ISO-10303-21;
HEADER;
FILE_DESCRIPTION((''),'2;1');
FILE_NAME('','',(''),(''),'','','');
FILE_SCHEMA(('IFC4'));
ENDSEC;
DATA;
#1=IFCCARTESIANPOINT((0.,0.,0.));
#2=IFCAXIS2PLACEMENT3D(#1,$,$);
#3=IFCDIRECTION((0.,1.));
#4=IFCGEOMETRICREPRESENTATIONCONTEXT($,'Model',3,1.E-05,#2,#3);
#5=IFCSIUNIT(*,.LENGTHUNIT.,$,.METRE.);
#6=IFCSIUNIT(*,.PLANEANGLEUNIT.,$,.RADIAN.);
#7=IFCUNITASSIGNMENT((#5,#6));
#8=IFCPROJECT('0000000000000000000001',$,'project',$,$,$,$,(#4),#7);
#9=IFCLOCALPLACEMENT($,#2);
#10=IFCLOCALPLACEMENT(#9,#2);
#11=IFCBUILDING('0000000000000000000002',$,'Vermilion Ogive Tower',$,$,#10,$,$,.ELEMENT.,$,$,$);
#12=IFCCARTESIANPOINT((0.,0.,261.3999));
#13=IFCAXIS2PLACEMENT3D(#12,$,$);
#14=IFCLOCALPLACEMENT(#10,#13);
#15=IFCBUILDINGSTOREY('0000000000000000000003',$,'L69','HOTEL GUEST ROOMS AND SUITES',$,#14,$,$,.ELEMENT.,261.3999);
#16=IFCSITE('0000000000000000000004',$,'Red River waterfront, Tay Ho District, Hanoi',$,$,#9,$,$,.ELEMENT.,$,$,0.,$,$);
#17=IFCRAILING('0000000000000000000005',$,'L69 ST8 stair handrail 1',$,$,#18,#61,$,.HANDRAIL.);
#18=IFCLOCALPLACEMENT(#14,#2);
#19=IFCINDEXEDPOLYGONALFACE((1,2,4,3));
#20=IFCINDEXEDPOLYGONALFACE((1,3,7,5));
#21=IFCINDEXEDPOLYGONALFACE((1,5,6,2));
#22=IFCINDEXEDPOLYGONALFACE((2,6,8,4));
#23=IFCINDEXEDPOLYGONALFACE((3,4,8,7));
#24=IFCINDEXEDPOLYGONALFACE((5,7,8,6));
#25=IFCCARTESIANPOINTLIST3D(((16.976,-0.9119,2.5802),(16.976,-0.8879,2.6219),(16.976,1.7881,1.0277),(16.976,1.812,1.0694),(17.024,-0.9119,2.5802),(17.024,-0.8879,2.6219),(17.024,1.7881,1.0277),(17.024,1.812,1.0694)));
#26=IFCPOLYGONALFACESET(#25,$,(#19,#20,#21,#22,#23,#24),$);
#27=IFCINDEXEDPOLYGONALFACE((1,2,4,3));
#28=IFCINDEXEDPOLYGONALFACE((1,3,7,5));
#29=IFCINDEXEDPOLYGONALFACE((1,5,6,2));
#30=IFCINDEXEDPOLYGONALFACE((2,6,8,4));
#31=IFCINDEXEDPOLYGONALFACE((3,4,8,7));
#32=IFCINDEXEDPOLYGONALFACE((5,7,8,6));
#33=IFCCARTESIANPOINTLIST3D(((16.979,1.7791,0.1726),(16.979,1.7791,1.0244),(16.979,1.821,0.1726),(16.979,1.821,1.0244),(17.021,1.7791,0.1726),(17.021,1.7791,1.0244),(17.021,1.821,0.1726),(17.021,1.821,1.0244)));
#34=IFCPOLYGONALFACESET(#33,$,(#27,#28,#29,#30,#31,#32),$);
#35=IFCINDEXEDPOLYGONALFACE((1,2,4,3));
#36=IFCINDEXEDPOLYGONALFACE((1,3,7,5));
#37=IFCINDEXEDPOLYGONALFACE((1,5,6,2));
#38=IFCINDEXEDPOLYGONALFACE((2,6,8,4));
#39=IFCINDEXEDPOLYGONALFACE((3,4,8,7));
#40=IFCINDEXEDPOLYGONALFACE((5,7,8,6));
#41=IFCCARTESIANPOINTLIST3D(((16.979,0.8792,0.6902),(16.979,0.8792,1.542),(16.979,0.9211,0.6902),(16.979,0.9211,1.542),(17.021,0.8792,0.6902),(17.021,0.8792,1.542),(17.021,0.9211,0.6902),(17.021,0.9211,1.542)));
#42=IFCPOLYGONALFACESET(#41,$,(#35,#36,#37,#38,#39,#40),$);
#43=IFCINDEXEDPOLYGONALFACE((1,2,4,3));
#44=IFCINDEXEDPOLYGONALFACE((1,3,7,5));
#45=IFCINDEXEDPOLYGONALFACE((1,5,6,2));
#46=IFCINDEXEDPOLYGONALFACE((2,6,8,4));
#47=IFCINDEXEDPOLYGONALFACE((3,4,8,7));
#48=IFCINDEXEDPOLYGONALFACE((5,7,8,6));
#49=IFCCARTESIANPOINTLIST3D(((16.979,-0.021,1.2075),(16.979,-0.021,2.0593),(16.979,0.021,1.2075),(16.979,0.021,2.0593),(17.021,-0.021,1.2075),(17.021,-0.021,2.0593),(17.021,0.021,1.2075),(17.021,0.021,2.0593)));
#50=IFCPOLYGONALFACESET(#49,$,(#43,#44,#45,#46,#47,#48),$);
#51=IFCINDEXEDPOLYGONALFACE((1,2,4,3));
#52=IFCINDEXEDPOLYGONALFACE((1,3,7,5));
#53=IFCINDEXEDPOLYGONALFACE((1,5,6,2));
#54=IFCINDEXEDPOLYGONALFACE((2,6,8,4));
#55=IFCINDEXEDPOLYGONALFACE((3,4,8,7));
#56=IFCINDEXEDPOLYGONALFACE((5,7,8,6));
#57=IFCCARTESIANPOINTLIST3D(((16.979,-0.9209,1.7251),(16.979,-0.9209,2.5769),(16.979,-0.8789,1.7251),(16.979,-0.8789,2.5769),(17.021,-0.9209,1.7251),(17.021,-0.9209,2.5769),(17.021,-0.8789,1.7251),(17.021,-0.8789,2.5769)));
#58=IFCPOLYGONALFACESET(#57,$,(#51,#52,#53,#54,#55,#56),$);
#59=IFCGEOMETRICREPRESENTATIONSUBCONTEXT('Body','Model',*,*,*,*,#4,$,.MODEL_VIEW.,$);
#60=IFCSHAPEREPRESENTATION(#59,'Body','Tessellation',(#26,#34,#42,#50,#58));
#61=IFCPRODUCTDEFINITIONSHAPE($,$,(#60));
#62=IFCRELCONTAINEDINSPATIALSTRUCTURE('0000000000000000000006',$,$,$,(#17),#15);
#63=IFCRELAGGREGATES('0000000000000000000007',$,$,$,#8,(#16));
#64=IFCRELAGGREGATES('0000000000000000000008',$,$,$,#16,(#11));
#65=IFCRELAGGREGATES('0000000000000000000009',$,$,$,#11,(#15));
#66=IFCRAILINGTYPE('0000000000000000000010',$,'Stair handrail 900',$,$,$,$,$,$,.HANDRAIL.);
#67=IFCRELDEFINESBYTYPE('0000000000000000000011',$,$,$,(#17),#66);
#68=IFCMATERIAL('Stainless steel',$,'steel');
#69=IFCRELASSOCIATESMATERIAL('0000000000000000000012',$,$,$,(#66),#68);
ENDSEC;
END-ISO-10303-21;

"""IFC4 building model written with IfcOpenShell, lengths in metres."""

from ifc_helpers import new_model, si_unit, direction, frame, origin, origin_2d, place, context, subcontext, project, spatial, rectangle, extrude, material, type_object, element, save


model = new_model("IFC4")

# Units and contexts
model_context = context("Model", 3, precision=1e-05, world=origin(), true_north=direction((0.0, 1.0)))
body_context = subcontext(model_context, "Body", "Model", "MODEL_VIEW")
ifc_project = project(units=[si_unit("LENGTHUNIT", "METRE"), si_unit("PLANEANGLEUNIT", "RADIAN")], contexts=[model_context])

# Site, building, storey
site_placement = place(None, origin())
site = spatial("IfcSite", under=ifc_project, at=site_placement, Name="Red River waterfront, Tay Ho District, Hanoi", CompositionType="ELEMENT", RefElevation=0.0)
building_placement = place(site_placement, origin())
building = spatial("IfcBuilding", under=site, at=building_placement, Name="Vermilion Ogive Tower", CompositionType="ELEMENT")
storey_placement = place(building_placement, frame((0.0, 0.0, 261.3999)))
storey = spatial("IfcBuildingStorey", under=building, at=storey_placement, Name="L69", Description="HOTEL GUEST ROOMS AND SUITES", CompositionType="ELEMENT", Elevation=261.3999)

# Railing
ifc_material_1 = material(Name="Stainless steel", Category="steel")
railing_type_1 = type_object("IfcRailingType", Name="Stair handrail 900", PredefinedType="HANDRAIL", material=ifc_material_1)
railing_1_placement = place(storey_placement, frame((17.0, 1.8, 0.1726)))
element("IfcRailing", 1, at=railing_1_placement, inside=storey, type_object=railing_type_1, Name="L69 ST8 stair handrail 1", PredefinedType="HANDRAIL", context=body_context, shape_type="SweptSolid", body=[
    extrude(rectangle(XDim=0.0481, YDim=0.0481, at=origin_2d()), frame((0.0, 0.0, 0.876), z_axis=(0.0, -0.866904, 0.498476), x_axis=(1.0, 0.0, 0.0)), (0.0, 0.0, 1.0), 3.1145),
    extrude(rectangle(XDim=0.042, YDim=0.042, at=origin_2d()), origin(), (0.0, 0.0, 1.0), 0.8518),
    extrude(rectangle(XDim=0.042, YDim=0.042, at=origin_2d()), frame((0.0, -0.8999, 0.5176)), (0.0, 0.0, 1.0), 0.8518),
    extrude(rectangle(XDim=0.042, YDim=0.042, at=origin_2d()), frame((0.0, -1.8, 1.0349)), (0.0, 0.0, 1.0), 0.8518),
    extrude(rectangle(XDim=0.042, YDim=0.042, at=origin_2d()), frame((0.0, -2.7, 1.5525)), (0.0, 0.0, 1.0), 0.8518),
])

save(model, "model.ifc")
